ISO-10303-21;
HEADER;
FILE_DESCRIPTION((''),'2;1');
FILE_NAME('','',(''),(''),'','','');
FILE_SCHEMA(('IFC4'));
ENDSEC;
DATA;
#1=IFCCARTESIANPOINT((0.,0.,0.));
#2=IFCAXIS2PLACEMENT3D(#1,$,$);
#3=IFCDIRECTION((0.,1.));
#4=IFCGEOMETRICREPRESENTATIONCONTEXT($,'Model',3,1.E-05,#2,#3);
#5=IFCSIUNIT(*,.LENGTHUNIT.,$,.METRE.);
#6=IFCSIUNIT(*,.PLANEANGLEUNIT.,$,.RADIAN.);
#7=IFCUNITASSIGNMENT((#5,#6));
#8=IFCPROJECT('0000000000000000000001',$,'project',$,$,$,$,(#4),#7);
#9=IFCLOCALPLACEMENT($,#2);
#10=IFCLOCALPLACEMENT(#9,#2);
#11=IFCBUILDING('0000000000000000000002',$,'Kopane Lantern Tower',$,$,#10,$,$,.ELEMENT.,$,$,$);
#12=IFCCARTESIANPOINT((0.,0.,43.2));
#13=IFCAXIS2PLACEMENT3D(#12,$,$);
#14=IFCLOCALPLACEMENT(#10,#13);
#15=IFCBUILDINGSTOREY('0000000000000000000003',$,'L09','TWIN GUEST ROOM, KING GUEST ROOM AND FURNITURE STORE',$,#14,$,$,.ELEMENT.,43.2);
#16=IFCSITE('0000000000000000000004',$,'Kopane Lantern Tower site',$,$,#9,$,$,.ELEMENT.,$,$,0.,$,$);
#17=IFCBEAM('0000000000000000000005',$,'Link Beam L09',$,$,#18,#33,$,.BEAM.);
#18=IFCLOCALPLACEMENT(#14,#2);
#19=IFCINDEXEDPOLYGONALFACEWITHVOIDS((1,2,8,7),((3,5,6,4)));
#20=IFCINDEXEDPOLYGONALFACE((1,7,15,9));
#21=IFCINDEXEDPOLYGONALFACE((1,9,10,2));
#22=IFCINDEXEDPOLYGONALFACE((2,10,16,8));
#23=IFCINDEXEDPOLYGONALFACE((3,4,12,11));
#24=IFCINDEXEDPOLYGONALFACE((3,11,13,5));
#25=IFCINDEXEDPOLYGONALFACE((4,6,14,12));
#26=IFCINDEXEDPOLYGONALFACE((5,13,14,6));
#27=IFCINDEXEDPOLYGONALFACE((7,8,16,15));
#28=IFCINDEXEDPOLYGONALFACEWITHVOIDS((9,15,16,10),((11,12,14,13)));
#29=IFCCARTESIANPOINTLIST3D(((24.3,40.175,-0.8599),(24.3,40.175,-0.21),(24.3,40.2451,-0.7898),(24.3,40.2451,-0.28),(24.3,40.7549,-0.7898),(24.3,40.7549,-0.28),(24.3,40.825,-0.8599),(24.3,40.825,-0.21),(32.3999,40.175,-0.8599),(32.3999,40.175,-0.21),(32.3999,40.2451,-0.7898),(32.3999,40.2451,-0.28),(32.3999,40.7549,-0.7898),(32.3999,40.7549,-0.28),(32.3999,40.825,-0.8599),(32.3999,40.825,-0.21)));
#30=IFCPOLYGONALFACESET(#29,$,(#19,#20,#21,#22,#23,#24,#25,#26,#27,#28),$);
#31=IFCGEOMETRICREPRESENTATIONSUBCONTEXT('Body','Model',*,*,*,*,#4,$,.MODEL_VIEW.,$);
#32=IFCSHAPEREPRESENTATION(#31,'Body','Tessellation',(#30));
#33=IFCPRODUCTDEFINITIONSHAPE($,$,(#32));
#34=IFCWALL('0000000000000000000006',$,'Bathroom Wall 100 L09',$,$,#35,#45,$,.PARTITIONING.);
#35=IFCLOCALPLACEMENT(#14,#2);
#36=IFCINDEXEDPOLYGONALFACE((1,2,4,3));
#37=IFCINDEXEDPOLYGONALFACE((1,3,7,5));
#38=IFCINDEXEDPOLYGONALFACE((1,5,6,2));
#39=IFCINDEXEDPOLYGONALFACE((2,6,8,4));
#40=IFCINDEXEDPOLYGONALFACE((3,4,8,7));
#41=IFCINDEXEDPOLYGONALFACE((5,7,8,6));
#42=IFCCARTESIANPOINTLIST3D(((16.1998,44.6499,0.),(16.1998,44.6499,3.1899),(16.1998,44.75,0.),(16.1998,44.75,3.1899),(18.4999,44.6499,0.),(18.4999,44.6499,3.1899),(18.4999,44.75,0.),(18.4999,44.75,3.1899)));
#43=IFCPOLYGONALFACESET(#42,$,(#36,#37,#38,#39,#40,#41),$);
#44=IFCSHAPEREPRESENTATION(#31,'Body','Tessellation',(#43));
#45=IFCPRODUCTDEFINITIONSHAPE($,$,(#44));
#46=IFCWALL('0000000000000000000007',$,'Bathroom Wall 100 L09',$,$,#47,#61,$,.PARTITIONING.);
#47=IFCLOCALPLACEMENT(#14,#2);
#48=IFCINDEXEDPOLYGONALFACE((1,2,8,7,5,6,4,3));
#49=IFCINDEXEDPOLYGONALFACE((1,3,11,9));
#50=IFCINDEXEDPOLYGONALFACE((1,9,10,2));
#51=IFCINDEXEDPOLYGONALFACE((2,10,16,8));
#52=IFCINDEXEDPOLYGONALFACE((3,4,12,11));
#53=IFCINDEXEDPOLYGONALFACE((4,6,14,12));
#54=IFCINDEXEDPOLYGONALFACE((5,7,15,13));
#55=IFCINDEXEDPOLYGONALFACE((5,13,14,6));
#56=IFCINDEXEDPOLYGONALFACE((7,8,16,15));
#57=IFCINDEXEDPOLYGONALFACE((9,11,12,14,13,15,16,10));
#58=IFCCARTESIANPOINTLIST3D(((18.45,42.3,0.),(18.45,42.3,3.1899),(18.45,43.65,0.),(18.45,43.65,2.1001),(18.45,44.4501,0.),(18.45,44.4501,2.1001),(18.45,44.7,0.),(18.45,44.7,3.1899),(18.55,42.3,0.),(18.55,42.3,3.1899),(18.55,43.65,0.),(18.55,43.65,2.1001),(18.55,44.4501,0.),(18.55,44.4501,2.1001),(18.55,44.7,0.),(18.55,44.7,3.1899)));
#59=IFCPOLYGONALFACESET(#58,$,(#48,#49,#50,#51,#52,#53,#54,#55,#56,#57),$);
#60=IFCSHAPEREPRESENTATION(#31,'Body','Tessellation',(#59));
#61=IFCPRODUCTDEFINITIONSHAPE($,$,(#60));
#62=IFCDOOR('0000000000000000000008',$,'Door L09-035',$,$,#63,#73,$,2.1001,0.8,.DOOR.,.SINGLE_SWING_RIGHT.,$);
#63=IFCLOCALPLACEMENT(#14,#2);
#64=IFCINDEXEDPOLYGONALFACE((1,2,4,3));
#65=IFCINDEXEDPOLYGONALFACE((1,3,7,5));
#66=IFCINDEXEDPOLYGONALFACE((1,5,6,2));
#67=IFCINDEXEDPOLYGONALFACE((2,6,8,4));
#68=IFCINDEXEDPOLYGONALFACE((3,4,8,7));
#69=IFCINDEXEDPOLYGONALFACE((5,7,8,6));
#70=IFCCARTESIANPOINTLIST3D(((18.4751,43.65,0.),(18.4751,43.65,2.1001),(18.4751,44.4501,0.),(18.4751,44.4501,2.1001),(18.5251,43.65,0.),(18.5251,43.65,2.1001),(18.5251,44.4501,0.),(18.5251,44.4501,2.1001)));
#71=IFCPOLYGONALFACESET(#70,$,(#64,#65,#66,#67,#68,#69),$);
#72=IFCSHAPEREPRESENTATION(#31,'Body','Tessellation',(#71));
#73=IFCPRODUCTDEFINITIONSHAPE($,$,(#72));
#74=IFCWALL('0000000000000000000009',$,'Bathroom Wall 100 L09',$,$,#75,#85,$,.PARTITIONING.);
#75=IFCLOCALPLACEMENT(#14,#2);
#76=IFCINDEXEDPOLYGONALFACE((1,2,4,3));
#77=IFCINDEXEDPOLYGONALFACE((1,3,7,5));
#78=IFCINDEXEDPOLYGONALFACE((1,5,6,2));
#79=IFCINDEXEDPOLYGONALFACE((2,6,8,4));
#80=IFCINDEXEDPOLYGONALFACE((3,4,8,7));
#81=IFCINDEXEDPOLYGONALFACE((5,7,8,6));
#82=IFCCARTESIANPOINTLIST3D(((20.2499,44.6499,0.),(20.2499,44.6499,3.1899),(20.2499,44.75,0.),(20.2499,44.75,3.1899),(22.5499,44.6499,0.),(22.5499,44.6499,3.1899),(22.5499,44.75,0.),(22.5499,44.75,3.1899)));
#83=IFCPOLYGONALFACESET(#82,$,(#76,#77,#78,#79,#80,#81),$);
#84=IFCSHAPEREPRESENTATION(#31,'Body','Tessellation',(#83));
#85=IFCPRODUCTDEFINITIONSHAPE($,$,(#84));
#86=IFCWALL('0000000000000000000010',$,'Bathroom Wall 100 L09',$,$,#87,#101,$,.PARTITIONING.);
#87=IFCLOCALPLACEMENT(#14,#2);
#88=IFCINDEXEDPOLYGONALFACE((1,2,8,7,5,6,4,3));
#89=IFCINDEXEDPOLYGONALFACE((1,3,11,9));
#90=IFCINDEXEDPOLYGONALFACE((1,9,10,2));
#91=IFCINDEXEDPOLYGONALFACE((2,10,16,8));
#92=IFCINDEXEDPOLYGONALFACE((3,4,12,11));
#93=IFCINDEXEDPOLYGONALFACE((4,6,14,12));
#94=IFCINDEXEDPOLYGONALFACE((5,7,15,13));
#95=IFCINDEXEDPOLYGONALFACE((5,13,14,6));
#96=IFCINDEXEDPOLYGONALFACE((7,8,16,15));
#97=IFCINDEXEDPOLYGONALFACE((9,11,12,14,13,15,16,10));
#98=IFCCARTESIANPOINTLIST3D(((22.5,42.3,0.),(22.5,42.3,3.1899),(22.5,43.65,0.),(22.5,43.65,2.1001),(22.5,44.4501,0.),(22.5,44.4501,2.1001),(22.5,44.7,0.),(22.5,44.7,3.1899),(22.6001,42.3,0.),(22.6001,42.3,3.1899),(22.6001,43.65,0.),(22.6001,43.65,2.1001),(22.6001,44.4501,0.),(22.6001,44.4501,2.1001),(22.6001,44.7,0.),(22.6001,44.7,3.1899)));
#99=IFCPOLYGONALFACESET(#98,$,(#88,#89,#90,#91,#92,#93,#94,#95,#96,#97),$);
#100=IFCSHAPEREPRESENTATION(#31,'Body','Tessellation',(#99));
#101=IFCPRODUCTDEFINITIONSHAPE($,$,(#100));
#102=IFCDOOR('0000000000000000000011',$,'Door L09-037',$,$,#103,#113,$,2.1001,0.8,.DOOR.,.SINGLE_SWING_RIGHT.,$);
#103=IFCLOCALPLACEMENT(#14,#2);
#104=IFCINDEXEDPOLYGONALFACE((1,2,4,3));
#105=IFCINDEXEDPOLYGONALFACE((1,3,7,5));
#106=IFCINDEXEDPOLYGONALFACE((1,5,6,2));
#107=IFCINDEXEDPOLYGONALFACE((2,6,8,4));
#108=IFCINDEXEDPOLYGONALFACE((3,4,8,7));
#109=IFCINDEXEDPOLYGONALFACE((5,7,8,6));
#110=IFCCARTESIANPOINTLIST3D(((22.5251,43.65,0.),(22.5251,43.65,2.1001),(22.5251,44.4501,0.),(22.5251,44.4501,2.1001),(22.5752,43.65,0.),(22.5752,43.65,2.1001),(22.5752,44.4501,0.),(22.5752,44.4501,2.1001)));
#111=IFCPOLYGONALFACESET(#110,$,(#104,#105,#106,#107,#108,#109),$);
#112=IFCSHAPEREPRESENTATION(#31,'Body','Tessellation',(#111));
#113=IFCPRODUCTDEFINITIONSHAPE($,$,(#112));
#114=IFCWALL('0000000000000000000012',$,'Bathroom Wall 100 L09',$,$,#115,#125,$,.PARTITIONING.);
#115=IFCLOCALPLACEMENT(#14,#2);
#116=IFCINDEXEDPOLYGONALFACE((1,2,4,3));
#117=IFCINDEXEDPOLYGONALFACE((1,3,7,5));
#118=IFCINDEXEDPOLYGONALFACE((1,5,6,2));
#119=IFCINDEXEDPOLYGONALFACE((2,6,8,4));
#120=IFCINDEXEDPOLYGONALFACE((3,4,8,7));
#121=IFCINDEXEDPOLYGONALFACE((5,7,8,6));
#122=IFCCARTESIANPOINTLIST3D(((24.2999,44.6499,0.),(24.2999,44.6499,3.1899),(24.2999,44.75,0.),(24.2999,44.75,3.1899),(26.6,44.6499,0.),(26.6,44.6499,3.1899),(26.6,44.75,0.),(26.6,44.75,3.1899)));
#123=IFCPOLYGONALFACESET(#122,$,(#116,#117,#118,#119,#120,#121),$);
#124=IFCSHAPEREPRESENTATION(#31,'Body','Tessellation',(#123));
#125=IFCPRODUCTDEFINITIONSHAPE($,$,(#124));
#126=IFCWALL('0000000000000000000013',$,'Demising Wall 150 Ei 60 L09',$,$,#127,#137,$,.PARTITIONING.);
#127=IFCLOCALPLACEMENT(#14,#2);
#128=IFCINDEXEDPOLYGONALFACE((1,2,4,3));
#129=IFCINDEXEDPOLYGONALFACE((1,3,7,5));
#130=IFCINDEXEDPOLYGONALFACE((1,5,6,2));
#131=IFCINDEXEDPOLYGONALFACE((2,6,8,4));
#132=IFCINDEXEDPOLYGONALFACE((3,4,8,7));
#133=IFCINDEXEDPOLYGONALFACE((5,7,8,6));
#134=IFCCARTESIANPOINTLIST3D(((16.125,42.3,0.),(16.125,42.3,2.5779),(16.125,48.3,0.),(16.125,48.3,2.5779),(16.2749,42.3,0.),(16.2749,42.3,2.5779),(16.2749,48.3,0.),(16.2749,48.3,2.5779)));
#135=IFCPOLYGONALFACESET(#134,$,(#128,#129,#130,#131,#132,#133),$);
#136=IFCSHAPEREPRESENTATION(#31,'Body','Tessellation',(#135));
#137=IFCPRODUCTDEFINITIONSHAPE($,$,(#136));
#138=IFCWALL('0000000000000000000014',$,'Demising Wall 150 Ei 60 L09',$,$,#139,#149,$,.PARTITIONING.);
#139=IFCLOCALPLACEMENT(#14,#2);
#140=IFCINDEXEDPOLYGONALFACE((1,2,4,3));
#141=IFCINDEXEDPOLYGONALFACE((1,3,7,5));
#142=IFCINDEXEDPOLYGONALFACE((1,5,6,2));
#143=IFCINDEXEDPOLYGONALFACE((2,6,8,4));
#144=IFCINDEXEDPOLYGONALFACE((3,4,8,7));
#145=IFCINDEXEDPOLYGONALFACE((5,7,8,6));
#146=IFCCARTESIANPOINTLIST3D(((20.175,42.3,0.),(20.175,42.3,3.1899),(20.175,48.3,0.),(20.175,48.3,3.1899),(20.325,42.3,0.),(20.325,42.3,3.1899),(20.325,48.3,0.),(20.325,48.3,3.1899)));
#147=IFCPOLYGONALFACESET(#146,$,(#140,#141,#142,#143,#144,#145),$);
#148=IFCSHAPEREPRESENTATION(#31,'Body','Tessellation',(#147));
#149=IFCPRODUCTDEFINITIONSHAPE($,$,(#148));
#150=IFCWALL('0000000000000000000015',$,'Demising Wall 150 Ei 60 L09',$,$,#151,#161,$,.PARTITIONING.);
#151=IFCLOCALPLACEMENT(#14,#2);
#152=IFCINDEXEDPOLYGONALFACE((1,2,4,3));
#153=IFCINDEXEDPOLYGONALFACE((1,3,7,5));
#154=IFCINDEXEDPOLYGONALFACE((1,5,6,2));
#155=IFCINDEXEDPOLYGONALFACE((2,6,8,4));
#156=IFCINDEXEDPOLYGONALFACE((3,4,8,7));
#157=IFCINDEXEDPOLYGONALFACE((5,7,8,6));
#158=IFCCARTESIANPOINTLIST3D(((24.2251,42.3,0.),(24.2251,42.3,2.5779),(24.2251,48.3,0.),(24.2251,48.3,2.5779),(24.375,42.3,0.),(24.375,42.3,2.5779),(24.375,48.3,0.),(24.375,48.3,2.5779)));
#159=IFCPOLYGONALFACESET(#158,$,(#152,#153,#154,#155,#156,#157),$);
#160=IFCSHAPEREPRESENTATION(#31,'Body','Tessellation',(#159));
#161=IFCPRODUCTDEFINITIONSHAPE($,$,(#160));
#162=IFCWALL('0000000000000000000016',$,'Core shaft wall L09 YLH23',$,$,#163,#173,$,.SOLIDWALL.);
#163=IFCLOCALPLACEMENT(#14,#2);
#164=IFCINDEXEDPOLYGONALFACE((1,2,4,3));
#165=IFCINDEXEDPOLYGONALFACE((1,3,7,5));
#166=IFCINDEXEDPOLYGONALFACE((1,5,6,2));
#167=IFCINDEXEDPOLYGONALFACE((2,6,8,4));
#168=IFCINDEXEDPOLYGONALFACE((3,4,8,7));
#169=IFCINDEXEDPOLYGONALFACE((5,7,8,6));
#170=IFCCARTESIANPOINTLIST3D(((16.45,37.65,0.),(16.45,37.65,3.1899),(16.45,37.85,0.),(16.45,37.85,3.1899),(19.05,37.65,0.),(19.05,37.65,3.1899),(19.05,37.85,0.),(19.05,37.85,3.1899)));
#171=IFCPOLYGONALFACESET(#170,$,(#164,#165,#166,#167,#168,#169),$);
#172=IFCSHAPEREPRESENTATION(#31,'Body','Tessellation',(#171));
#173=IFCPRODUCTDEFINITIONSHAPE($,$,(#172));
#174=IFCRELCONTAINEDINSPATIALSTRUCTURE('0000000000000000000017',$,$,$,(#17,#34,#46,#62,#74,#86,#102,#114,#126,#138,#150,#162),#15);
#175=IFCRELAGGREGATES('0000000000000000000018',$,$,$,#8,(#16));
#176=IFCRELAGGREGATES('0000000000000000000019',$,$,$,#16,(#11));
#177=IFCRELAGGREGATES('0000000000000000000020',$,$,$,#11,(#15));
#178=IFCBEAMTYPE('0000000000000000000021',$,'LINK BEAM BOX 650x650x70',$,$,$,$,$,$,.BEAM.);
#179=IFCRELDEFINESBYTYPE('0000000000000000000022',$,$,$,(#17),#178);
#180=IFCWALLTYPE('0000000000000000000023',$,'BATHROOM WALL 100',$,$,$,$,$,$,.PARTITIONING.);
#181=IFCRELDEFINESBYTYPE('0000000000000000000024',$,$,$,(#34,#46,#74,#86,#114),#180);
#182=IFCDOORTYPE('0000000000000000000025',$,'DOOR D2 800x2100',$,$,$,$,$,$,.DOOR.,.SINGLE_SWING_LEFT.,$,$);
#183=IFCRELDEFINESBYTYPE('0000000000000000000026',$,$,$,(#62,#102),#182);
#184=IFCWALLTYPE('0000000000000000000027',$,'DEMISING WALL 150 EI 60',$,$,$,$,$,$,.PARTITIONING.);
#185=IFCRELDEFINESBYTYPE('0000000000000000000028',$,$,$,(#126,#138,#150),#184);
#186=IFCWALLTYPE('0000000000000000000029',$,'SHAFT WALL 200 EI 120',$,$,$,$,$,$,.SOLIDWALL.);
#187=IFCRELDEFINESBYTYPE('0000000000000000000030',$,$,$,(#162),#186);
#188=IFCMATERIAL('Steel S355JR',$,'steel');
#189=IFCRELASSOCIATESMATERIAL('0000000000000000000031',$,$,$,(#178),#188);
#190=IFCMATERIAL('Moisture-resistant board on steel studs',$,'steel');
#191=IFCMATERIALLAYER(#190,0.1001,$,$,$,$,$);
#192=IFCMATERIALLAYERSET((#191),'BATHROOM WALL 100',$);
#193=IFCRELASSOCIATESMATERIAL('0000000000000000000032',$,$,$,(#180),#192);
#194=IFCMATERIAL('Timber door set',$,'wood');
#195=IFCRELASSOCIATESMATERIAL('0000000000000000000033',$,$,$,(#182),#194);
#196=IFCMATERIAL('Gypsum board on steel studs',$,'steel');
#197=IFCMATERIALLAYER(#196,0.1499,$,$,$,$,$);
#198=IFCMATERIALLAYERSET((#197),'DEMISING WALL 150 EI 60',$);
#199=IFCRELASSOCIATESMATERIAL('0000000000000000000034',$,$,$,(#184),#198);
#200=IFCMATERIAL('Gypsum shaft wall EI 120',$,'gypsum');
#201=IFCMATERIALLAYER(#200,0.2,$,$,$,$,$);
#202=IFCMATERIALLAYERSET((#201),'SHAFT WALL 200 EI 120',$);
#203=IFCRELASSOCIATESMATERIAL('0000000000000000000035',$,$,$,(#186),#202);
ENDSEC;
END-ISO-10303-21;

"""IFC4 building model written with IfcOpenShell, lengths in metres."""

from ifc_helpers import new_model, si_unit, direction, frame, frame_2d, origin, origin_2d, place, context, subcontext, project, spatial, rectangle, hollow_rectangle, extrude, material, layer, layer_set, material_profile, profile_set, type_object, element, fill, save


model = new_model("IFC4")

# Units and contexts
model_context = context("Model", 3, precision=1e-05, world=origin(), true_north=direction((0.0, 1.0)))
body_context = subcontext(model_context, "Body", "Model", "MODEL_VIEW")
ifc_project = project(units=[si_unit("LENGTHUNIT", "METRE"), si_unit("PLANEANGLEUNIT", "RADIAN")], contexts=[model_context])

# Site, building, storey
site_placement = place(None, origin())
site = spatial("IfcSite", under=ifc_project, at=site_placement, Name="Kopane Lantern Tower site", CompositionType="ELEMENT", RefElevation=0.0)
building_placement = place(site_placement, origin())
building = spatial("IfcBuilding", under=site, at=building_placement, Name="Kopane Lantern Tower", CompositionType="ELEMENT")
storey_placement = place(building_placement, frame((0.0, 0.0, 43.2)))
storey = spatial("IfcBuildingStorey", under=building, at=storey_placement, Name="L09", Description="TWIN GUEST ROOM, KING GUEST ROOM AND FURNITURE STORE", CompositionType="ELEMENT", Elevation=43.2)

# Beam
ifc_material_1 = material(Name="Steel S355JR", Category="steel")
ifc_material_profile_1 = material_profile(ifc_material_1, hollow_rectangle(XDim=0.6499, YDim=0.6499, WallThickness=0.0701, at=origin_2d()), Name="BOX 650x650x70")
ifc_profile_set_1 = profile_set([ifc_material_profile_1], Name="Steel S355JR")
beam_type_1 = type_object("IfcBeamType", Name="LINK BEAM BOX 650x650x70", PredefinedType="BEAM", material=ifc_profile_set_1)
beam_1_placement = place(storey_placement, frame((24.3, 40.5, -0.5349), z_axis=(1.0, 0.0, 0.0), x_axis=(0.0, 1.0, 0.0)))
element("IfcBeam", 1, at=beam_1_placement, inside=storey, type_object=beam_type_1, Name="Link Beam L09", PredefinedType="BEAM", context=body_context, shape_type="SweptSolid", body=[
    extrude(hollow_rectangle(XDim=0.6499, YDim=0.6499, WallThickness=0.0701, at=origin_2d()), origin(), (0.0, 0.0, 1.0), 8.0999),
])

# Wall
ifc_material_2 = material(Name="Moisture-resistant board on steel studs", Category="steel")
ifc_layer_1 = layer(ifc_material_2, 0.1001)
ifc_layer_set_1 = layer_set([ifc_layer_1], Name="BATHROOM WALL 100")
wall_type_1 = type_object("IfcWallType", Name="BATHROOM WALL 100", PredefinedType="PARTITIONING", material=ifc_layer_set_1)
wall_1_placement = place(storey_placement, frame((16.2, 44.7, 0.0), z_axis=(0.0, 0.0, 1.0), x_axis=(1.0, 0.0, 0.0)))
element("IfcWall", 2, at=wall_1_placement, inside=storey, type_object=wall_type_1, Name="Bathroom Wall 100 L09", PredefinedType="PARTITIONING", context=body_context, shape_type="SweptSolid", body=[
    extrude(rectangle(XDim=2.3, YDim=0.1001, at=frame_2d((1.1499, 0.0))), origin(), (0.0, 0.0, 1.0), 3.1899),
])

# Wall, opening, door
wall_2_placement = place(storey_placement, frame((18.5, 42.3, 0.0), z_axis=(0.0, 0.0, 1.0), x_axis=(0.0, 1.0, 0.0)))
wall_2 = element("IfcWall", 3, at=wall_2_placement, inside=storey, type_object=wall_type_1, Name="Bathroom Wall 100 L09", PredefinedType="PARTITIONING", context=body_context, shape_type="SweptSolid", body=[
    extrude(rectangle(XDim=2.3999, YDim=0.1001, at=frame_2d((1.2, 0.0))), origin(), (0.0, 0.0, 1.0), 3.1899),
])
opening_1_placement = place(wall_2_placement, frame((1.3501, 0.0, 0.0)))
opening_1 = element("IfcOpeningElement", 4, at=opening_1_placement, cuts=wall_2, PredefinedType="OPENING", context=body_context, shape_type="SweptSolid", body=[
    extrude(rectangle(XDim=0.8, YDim=2.1001, at=frame_2d((0.3999, 1.05))), frame((0.0, 0.0601, 0.0), z_axis=(0.0, -1.0, 0.0), x_axis=(1.0, 0.0, 0.0)), (0.0, 0.0, 1.0), 0.1201),
])
ifc_material_3 = material(Name="Timber door set", Category="wood")
door_type = type_object("IfcDoorType", Name="DOOR D2 800x2100", OperationType="SINGLE_SWING_LEFT", PredefinedType="DOOR", material=ifc_material_3)
door_1_placement = place(opening_1_placement, origin())
door_1 = element("IfcDoor", 5, at=door_1_placement, inside=storey, type_object=door_type, Name="Door L09-035", OperationType="SINGLE_SWING_RIGHT", OverallHeight=2.1001, OverallWidth=0.8, PredefinedType="DOOR", context=body_context, shape_type="SweptSolid", body=[
    extrude(rectangle(XDim=0.8, YDim=2.1001, at=frame_2d((0.3999, 1.05))), frame((0.0, 0.0249, 0.0), z_axis=(0.0, -1.0, 0.0), x_axis=(1.0, 0.0, 0.0)), (0.0, 0.0, 1.0), 0.05),
])
fill(opening_1, door_1)

# Wall
wall_3_placement = place(storey_placement, frame((20.25, 44.7, 0.0), z_axis=(0.0, 0.0, 1.0), x_axis=(1.0, 0.0, 0.0)))
element("IfcWall", 6, at=wall_3_placement, inside=storey, type_object=wall_type_1, Name="Bathroom Wall 100 L09", PredefinedType="PARTITIONING", context=body_context, shape_type="SweptSolid", body=[
    extrude(rectangle(XDim=2.3, YDim=0.1001, at=frame_2d((1.1499, 0.0))), origin(), (0.0, 0.0, 1.0), 3.1899),
])

# Wall, opening, door
wall_4_placement = place(storey_placement, frame((22.55, 42.3, 0.0), z_axis=(0.0, 0.0, 1.0), x_axis=(0.0, 1.0, 0.0)))
wall_4 = element("IfcWall", 7, at=wall_4_placement, inside=storey, type_object=wall_type_1, Name="Bathroom Wall 100 L09", PredefinedType="PARTITIONING", context=body_context, shape_type="SweptSolid", body=[
    extrude(rectangle(XDim=2.3999, YDim=0.1001, at=frame_2d((1.2, 0.0))), origin(), (0.0, 0.0, 1.0), 3.1899),
])
opening_2_placement = place(wall_4_placement, frame((1.3501, 0.0, 0.0)))
opening_2 = element("IfcOpeningElement", 8, at=opening_2_placement, cuts=wall_4, PredefinedType="OPENING", context=body_context, shape_type="SweptSolid", body=[
    extrude(rectangle(XDim=0.8, YDim=2.1001, at=frame_2d((0.3999, 1.05))), frame((0.0, 0.0601, 0.0), z_axis=(0.0, -1.0, 0.0), x_axis=(1.0, 0.0, 0.0)), (0.0, 0.0, 1.0), 0.1201),
])
door_2_placement = place(opening_2_placement, origin())
door_2 = element("IfcDoor", 9, at=door_2_placement, inside=storey, type_object=door_type, Name="Door L09-037", OperationType="SINGLE_SWING_RIGHT", OverallHeight=2.1001, OverallWidth=0.8, PredefinedType="DOOR", context=body_context, shape_type="SweptSolid", body=[
    extrude(rectangle(XDim=0.8, YDim=2.1001, at=frame_2d((0.3999, 1.05))), frame((0.0, 0.0249, 0.0), z_axis=(0.0, -1.0, 0.0), x_axis=(1.0, 0.0, 0.0)), (0.0, 0.0, 1.0), 0.05),
])
fill(opening_2, door_2)

# Walls
wall_5_placement = place(storey_placement, frame((24.3, 44.7, 0.0), z_axis=(0.0, 0.0, 1.0), x_axis=(1.0, 0.0, 0.0)))
element("IfcWall", 10, at=wall_5_placement, inside=storey, type_object=wall_type_1, Name="Bathroom Wall 100 L09", PredefinedType="PARTITIONING", context=body_context, shape_type="SweptSolid", body=[
    extrude(rectangle(XDim=2.3, YDim=0.1001, at=frame_2d((1.1499, 0.0))), origin(), (0.0, 0.0, 1.0), 3.1899),
])
ifc_material_4 = material(Name="Gypsum board on steel studs", Category="steel")
ifc_layer_2 = layer(ifc_material_4, 0.1499)
ifc_layer_set_2 = layer_set([ifc_layer_2], Name="DEMISING WALL 150 EI 60")
wall_type_2 = type_object("IfcWallType", Name="DEMISING WALL 150 EI 60", PredefinedType="PARTITIONING", material=ifc_layer_set_2)
wall_6_placement = place(storey_placement, frame((16.2, 42.3, 0.0), z_axis=(0.0, 0.0, 1.0), x_axis=(0.0, 1.0, 0.0)))
element("IfcWall", 11, at=wall_6_placement, inside=storey, type_object=wall_type_2, Name="Demising Wall 150 Ei 60 L09", PredefinedType="PARTITIONING", context=body_context, shape_type="SweptSolid", body=[
    extrude(rectangle(XDim=6.0, YDim=0.1499, at=frame_2d((3.0, 0.0))), origin(), (0.0, 0.0, 1.0), 2.5779),
])
wall_7_placement = place(storey_placement, frame((20.25, 42.3, 0.0), z_axis=(0.0, 0.0, 1.0), x_axis=(0.0, 1.0, 0.0)))
element("IfcWall", 12, at=wall_7_placement, inside=storey, type_object=wall_type_2, Name="Demising Wall 150 Ei 60 L09", PredefinedType="PARTITIONING", context=body_context, shape_type="SweptSolid", body=[
    extrude(rectangle(XDim=6.0, YDim=0.1499, at=frame_2d((3.0, 0.0))), origin(), (0.0, 0.0, 1.0), 3.1899),
])
wall_8_placement = place(storey_placement, frame((24.3, 42.3, 0.0), z_axis=(0.0, 0.0, 1.0), x_axis=(0.0, 1.0, 0.0)))
element("IfcWall", 13, at=wall_8_placement, inside=storey, type_object=wall_type_2, Name="Demising Wall 150 Ei 60 L09", PredefinedType="PARTITIONING", context=body_context, shape_type="SweptSolid", body=[
    extrude(rectangle(XDim=6.0, YDim=0.1499, at=frame_2d((3.0, 0.0))), origin(), (0.0, 0.0, 1.0), 2.5779),
])
ifc_material_5 = material(Name="Gypsum shaft wall EI 120", Category="gypsum")
ifc_layer_3 = layer(ifc_material_5, 0.2)
ifc_layer_set_3 = layer_set([ifc_layer_3], Name="SHAFT WALL 200 EI 120")
wall_type_3 = type_object("IfcWallType", Name="SHAFT WALL 200 EI 120", PredefinedType="SOLIDWALL", material=ifc_layer_set_3)
wall_9_placement = place(storey_placement, frame((16.45, 37.75, 0.0), z_axis=(0.0, 0.0, 1.0), x_axis=(1.0, 0.0, 0.0)))
element("IfcWall", 14, at=wall_9_placement, inside=storey, type_object=wall_type_3, Name="Core shaft wall L09 YLH23", PredefinedType="SOLIDWALL", context=body_context, shape_type="SweptSolid", body=[
    extrude(rectangle(XDim=2.6001, YDim=0.2, at=frame_2d((1.3, 0.0))), origin(), (0.0, 0.0, 1.0), 3.1899),
])

save(model, "model.ifc")
